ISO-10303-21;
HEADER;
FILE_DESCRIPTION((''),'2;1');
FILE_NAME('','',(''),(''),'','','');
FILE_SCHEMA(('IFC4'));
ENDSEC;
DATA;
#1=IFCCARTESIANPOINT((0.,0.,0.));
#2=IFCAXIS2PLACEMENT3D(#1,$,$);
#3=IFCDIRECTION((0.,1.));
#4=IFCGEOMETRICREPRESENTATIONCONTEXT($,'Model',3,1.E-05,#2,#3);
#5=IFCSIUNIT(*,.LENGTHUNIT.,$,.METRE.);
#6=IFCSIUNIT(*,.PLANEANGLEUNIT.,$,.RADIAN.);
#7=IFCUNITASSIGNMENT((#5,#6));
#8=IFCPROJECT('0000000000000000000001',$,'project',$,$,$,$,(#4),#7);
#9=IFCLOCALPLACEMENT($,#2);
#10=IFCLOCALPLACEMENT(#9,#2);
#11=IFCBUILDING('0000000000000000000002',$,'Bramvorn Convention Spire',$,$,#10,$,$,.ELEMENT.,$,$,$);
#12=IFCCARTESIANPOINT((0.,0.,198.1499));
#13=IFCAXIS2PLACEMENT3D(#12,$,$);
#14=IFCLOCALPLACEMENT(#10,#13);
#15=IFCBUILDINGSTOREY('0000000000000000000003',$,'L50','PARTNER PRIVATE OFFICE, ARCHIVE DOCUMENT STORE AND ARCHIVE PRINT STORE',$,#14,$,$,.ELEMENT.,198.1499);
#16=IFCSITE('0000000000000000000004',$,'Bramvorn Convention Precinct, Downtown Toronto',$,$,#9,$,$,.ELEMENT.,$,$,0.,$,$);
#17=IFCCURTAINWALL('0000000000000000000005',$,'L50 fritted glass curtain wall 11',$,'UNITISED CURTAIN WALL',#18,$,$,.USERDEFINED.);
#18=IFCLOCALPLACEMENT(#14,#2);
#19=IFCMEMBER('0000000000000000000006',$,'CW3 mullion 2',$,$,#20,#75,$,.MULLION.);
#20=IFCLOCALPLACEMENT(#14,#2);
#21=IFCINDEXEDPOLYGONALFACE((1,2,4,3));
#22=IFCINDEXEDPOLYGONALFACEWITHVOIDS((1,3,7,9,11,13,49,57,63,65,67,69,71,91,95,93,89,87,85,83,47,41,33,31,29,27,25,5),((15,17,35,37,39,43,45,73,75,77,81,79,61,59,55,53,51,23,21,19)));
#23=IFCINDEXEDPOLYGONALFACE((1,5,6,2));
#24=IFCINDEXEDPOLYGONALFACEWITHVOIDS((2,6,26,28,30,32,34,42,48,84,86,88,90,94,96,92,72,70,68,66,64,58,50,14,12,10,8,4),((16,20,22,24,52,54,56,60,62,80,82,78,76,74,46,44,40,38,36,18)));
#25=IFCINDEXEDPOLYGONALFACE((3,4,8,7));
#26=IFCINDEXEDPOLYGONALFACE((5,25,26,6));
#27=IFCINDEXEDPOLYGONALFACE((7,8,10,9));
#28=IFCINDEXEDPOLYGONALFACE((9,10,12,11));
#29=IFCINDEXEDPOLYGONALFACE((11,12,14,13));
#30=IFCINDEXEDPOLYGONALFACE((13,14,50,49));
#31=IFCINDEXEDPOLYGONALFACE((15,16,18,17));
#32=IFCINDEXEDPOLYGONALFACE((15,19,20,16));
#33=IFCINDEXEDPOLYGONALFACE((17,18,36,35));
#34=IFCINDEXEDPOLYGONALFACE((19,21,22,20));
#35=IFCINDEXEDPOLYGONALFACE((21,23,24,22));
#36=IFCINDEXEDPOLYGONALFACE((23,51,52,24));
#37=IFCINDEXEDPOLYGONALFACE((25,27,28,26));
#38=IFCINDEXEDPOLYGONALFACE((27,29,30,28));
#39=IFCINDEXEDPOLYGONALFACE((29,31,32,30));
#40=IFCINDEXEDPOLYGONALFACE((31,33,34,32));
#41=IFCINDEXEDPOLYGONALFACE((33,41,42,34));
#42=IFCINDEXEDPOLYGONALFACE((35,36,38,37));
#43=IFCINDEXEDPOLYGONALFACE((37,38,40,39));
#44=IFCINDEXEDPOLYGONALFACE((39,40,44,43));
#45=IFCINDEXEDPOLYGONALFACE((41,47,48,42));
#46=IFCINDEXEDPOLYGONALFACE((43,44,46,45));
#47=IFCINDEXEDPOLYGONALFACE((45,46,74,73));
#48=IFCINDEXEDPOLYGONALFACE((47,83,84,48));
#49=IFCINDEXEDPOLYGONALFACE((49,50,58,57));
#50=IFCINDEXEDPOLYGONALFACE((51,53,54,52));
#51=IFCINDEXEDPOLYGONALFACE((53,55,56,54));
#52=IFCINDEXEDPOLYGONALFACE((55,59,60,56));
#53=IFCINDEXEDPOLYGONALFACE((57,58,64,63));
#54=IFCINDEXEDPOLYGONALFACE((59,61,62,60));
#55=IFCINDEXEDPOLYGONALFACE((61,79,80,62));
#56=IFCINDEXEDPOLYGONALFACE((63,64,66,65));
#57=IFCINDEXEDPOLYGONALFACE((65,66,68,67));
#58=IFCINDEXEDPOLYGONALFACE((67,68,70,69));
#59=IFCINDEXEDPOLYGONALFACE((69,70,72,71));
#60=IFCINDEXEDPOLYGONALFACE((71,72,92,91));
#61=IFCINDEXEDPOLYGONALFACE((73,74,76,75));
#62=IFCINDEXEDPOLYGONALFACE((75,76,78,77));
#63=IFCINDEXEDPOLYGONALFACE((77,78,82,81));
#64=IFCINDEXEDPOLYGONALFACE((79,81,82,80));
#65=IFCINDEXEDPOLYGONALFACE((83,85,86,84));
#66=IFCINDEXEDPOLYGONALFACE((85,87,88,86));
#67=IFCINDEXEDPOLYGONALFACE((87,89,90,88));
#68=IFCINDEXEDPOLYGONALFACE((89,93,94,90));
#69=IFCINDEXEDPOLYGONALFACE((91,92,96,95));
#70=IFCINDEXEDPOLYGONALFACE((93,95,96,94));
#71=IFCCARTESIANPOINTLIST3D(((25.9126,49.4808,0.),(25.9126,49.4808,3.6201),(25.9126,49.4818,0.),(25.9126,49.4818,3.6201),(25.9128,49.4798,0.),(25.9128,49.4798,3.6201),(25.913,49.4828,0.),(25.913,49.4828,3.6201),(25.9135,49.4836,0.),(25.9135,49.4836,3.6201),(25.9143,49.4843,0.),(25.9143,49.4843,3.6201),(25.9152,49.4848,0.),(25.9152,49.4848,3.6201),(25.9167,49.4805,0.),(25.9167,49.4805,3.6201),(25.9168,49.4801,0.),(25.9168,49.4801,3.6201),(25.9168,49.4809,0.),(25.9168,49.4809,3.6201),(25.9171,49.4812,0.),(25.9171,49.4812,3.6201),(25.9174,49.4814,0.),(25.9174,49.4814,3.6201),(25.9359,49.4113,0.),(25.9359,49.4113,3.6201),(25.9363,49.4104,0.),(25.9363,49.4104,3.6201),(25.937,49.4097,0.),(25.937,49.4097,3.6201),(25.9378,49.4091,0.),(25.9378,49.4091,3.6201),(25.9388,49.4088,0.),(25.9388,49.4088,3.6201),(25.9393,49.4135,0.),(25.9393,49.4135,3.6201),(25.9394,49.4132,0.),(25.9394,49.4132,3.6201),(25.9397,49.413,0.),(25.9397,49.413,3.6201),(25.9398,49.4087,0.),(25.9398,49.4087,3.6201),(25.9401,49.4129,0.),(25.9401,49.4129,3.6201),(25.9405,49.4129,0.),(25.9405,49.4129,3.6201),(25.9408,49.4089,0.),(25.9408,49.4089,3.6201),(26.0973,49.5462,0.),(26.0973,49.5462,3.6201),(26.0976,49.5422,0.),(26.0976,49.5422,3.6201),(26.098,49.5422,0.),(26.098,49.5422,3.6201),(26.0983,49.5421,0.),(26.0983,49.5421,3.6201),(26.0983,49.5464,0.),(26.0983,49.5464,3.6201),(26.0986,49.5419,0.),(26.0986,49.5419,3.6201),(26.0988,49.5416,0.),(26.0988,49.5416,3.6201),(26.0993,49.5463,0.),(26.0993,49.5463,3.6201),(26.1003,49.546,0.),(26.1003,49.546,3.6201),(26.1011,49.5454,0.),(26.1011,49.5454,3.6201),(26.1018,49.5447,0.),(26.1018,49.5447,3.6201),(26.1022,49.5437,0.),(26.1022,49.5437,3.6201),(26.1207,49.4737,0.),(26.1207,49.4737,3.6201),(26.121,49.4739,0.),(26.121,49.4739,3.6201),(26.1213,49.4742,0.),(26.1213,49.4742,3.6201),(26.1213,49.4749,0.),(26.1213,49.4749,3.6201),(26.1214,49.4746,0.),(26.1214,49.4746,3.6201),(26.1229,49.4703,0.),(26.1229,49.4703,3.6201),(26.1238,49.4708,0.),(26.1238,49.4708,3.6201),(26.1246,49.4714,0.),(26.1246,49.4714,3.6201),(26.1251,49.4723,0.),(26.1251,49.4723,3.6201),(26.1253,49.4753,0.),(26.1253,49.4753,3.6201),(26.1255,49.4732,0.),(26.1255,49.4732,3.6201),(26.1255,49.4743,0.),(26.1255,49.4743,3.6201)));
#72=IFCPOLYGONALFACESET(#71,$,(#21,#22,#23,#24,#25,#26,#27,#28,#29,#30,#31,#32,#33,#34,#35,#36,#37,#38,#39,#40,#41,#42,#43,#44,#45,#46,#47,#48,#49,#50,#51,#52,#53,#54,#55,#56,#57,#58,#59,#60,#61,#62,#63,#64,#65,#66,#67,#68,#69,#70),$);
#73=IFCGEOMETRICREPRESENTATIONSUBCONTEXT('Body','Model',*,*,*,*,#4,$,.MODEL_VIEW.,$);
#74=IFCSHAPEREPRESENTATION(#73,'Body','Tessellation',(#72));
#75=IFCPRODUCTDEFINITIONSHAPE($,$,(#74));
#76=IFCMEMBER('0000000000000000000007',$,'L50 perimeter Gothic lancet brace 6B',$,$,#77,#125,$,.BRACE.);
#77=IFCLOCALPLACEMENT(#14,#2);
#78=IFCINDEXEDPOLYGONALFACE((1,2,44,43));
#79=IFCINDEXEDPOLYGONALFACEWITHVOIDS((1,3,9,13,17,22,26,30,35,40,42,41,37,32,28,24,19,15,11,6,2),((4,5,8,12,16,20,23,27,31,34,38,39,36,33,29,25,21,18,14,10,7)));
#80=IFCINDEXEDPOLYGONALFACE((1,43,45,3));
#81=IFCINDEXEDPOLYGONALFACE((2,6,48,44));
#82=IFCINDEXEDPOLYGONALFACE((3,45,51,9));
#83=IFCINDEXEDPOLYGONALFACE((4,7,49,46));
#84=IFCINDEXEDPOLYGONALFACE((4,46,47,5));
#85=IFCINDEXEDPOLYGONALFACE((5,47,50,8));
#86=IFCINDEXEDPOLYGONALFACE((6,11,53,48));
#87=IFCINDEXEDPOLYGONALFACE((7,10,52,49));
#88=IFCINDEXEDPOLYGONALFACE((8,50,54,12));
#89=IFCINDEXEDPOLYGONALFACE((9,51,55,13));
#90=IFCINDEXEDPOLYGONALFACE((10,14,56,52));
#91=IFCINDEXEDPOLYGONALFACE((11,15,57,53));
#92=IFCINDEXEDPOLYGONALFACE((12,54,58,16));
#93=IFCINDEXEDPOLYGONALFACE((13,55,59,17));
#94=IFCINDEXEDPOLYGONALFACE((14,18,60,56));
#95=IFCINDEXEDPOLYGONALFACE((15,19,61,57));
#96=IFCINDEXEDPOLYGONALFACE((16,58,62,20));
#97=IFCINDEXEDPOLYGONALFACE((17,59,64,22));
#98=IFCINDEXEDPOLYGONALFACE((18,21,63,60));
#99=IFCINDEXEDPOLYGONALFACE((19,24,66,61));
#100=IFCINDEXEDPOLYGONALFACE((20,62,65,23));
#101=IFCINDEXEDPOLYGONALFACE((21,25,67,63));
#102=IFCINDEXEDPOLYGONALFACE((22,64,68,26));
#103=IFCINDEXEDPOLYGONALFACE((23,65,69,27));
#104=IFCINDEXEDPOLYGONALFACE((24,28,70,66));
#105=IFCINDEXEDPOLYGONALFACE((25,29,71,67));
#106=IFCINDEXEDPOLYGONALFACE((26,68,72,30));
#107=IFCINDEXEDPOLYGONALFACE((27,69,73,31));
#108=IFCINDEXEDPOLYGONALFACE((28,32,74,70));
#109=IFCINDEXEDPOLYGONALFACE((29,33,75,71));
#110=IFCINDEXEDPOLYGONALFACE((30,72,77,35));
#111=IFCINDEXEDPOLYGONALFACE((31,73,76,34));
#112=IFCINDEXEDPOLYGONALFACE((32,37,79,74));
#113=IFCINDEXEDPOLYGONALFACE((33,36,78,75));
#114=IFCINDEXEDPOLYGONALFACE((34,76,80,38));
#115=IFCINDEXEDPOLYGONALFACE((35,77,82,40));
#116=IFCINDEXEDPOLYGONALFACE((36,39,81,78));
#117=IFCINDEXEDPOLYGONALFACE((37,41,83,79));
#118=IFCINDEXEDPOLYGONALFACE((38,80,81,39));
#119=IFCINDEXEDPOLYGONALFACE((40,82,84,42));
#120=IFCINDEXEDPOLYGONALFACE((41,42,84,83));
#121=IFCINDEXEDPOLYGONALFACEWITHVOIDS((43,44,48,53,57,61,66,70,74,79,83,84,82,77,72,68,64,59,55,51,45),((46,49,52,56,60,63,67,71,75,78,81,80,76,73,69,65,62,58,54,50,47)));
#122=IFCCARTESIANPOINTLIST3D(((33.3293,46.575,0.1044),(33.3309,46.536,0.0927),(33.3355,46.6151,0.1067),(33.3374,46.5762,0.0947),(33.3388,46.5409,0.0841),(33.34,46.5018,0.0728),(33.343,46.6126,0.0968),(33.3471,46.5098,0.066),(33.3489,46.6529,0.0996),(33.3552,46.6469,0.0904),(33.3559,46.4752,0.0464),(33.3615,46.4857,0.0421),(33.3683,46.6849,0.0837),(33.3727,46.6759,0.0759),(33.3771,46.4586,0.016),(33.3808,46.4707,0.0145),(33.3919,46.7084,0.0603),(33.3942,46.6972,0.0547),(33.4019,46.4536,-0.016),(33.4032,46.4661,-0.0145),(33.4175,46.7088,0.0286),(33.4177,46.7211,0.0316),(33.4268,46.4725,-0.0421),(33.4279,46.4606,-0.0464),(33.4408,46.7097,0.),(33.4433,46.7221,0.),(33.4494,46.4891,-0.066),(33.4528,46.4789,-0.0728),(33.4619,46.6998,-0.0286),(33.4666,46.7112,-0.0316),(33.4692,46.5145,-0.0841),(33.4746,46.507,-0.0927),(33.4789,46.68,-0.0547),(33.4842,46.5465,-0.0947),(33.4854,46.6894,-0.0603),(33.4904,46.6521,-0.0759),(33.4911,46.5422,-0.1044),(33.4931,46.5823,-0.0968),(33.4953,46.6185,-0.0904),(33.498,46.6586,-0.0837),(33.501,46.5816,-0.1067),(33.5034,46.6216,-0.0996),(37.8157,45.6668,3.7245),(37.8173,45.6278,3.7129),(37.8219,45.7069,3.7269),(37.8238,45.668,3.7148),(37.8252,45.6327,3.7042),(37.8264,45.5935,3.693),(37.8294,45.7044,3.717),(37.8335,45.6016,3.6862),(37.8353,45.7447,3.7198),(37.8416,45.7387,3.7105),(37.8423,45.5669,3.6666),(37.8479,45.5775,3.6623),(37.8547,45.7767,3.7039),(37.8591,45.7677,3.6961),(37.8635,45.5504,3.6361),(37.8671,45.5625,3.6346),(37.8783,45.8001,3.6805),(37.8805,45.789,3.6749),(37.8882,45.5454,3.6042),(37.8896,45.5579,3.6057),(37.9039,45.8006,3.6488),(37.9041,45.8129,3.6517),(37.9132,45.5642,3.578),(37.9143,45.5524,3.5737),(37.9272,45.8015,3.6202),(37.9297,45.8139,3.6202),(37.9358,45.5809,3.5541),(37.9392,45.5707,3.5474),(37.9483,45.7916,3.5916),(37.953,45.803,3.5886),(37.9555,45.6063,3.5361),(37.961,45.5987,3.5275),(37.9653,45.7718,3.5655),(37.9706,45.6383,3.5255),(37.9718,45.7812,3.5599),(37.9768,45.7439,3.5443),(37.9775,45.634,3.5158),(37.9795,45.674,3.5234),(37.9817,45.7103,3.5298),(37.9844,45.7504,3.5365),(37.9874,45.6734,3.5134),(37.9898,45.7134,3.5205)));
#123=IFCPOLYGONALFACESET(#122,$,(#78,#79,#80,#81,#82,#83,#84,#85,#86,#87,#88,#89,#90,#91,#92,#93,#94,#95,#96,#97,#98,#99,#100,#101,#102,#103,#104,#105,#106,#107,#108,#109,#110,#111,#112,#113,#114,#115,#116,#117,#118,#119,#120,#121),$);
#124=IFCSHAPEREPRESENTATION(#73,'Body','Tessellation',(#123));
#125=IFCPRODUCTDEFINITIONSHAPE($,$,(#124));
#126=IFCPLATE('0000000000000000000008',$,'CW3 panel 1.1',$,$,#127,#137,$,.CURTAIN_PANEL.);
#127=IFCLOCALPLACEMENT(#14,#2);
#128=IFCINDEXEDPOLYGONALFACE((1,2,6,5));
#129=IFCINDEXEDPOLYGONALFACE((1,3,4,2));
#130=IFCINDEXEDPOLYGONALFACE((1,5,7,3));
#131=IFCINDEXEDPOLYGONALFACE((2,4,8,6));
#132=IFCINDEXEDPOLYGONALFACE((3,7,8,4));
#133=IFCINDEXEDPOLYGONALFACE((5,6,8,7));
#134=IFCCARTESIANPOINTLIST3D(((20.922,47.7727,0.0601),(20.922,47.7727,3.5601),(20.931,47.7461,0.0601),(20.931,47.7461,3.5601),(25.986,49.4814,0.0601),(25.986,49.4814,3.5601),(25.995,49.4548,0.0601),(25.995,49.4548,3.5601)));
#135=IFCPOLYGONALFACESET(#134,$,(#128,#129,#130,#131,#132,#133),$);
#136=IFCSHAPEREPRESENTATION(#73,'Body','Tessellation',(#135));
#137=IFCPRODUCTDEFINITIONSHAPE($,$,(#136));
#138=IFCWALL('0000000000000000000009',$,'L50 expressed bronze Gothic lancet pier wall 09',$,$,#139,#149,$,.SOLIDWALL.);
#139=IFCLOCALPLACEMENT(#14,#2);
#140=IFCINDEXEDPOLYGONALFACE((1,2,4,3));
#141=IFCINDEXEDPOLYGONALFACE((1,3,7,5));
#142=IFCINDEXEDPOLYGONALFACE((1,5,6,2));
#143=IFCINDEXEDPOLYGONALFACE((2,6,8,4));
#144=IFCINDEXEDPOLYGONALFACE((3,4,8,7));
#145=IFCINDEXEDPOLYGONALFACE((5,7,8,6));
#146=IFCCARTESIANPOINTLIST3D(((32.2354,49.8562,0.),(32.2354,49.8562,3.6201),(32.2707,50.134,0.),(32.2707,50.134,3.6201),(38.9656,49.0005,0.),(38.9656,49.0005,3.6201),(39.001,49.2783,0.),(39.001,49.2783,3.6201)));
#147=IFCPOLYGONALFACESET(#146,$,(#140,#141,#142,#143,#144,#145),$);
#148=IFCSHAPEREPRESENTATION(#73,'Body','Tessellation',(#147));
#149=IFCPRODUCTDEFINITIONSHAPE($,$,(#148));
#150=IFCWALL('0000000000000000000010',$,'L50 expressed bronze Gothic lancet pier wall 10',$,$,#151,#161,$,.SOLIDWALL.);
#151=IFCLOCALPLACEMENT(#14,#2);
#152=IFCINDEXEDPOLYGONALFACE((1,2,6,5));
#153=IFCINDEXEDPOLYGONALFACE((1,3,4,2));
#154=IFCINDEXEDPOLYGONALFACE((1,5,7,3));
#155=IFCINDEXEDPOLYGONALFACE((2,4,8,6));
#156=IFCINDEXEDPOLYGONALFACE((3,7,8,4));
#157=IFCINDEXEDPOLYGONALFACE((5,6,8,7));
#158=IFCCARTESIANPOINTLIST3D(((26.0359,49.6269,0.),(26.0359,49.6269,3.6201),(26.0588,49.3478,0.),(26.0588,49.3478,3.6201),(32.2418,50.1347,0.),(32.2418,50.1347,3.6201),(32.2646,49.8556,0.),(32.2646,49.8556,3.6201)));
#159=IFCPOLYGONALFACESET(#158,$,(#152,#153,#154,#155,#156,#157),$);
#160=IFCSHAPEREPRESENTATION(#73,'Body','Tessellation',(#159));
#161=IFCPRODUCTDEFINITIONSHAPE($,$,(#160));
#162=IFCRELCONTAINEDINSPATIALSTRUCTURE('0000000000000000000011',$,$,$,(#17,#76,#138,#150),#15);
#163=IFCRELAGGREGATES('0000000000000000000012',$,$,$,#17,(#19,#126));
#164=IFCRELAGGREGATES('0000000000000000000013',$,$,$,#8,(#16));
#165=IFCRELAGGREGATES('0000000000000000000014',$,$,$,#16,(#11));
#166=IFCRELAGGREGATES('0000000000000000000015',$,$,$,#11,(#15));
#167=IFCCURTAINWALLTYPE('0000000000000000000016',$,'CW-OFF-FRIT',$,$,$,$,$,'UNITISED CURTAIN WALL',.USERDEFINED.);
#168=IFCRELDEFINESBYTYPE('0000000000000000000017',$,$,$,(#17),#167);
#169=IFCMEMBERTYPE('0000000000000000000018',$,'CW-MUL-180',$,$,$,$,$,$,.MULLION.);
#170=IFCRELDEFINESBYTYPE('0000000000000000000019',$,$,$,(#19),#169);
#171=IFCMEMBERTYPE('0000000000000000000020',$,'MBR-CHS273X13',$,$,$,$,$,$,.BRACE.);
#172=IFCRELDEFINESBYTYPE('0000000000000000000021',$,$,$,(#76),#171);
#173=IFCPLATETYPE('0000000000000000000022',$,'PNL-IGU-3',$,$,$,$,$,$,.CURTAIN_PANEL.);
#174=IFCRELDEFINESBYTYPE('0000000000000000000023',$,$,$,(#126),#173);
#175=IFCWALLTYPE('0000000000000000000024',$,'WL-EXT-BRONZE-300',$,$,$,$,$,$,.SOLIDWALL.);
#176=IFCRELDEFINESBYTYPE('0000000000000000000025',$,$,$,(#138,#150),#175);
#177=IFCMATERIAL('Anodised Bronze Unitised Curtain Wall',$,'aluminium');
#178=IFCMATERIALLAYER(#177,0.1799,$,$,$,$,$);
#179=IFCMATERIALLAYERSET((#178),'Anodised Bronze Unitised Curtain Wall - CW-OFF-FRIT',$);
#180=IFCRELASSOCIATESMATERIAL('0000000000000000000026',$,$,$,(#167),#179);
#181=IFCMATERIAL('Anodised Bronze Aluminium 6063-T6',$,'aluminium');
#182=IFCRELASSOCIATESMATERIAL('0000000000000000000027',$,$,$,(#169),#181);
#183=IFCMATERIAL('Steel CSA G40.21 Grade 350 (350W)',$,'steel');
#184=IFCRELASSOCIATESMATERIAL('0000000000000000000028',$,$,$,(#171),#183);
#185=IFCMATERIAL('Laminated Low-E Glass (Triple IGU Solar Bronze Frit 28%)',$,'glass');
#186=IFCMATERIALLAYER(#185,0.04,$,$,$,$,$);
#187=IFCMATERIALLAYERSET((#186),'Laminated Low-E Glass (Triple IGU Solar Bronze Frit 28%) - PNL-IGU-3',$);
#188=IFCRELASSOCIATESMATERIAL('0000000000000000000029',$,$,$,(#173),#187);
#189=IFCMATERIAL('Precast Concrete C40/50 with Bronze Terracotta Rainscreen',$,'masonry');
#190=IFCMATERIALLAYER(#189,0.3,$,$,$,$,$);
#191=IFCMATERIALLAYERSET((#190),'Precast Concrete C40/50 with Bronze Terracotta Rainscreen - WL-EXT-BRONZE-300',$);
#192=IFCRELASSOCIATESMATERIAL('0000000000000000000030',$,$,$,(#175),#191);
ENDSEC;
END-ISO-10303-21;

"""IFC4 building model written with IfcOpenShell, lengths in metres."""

from ifc_helpers import new_model, si_unit, direction, frame, frame_2d, origin, origin_2d, place, context, subcontext, project, spatial, rectangle, hollow_rectangle, hollow_circle, extrude, material, layer, layer_set, material_profile, profile_set, type_object, element, aggregate, save


model = new_model("IFC4")

# Units and contexts
model_context = context("Model", 3, precision=1e-05, world=origin(), true_north=direction((0.0, 1.0)))
body_context = subcontext(model_context, "Body", "Model", "MODEL_VIEW")
ifc_project = project(units=[si_unit("LENGTHUNIT", "METRE"), si_unit("PLANEANGLEUNIT", "RADIAN")], contexts=[model_context])

# Site, building, storey
site_placement = place(None, origin())
site = spatial("IfcSite", under=ifc_project, at=site_placement, Name="Bramvorn Convention Precinct, Downtown Toronto", CompositionType="ELEMENT", RefElevation=0.0)
building_placement = place(site_placement, origin())
building = spatial("IfcBuilding", under=site, at=building_placement, Name="Bramvorn Convention Spire", CompositionType="ELEMENT")
storey_placement = place(building_placement, frame((0.0, 0.0, 198.1499)))
storey = spatial("IfcBuildingStorey", under=building, at=storey_placement, Name="L50", Description="PARTNER PRIVATE OFFICE, ARCHIVE DOCUMENT STORE AND ARCHIVE PRINT STORE", CompositionType="ELEMENT", Elevation=198.1499)

# Shared definitions
ifc_material_1 = material(Name="Steel CSA G40.21 Grade 350 (350W)", Category="steel")

# Curtain wall, member
ifc_material_2 = material(Name="Anodised Bronze Unitised Curtain Wall", Category="aluminium")
ifc_layer_1 = layer(ifc_material_2, 0.1799)
ifc_layer_set_1 = layer_set([ifc_layer_1], Name="Anodised Bronze Unitised Curtain Wall - CW-OFF-FRIT")
curtain_wall_type = type_object("IfcCurtainWallType", Name="CW-OFF-FRIT", ElementType="UNITISED CURTAIN WALL", PredefinedType="USERDEFINED", material=ifc_layer_set_1)
curtain_wall_placement = place(storey_placement, origin())
curtain_wall = element("IfcCurtainWall", 1, at=curtain_wall_placement, inside=storey, type_object=curtain_wall_type, Name="L50 fritted glass curtain wall 11", ObjectType="UNITISED CURTAIN WALL", PredefinedType="USERDEFINED")
ifc_material_3 = material(Name="Anodised Bronze Aluminium 6063-T6", Category="aluminium")
ifc_material_profile_1 = material_profile(ifc_material_3, hollow_rectangle(XDim=0.0801, YDim=0.2, WallThickness=0.0039, InnerFilletRadius=0.001, OuterFilletRadius=0.0039, at=origin_2d()))
ifc_profile_set_1 = profile_set([ifc_material_profile_1], Name="Anodised Bronze Aluminium 6063-T6 - CWM80X200")
member_type_1 = type_object("IfcMemberType", Name="CW-MUL-180", PredefinedType="MULLION", material=ifc_profile_set_1)
member_1_placement = place(storey_placement, frame((26.019, 49.4775, 0.0), z_axis=(0.0, 0.0, 1.0), x_axis=(-0.319717, 0.947513, 0.0)))
member_1 = element("IfcMember", 2, at=member_1_placement, type_object=member_type_1, Name="CW3 mullion 2", PredefinedType="MULLION", context=body_context, shape_type="SweptSolid", body=[
    extrude(hollow_rectangle(XDim=0.0801, YDim=0.2, WallThickness=0.0039, InnerFilletRadius=0.001, OuterFilletRadius=0.0039, at=origin_2d()), origin(), (0.0, 0.0, 1.0), 3.6201),
])

# Member
ifc_material_profile_2 = material_profile(ifc_material_1, hollow_circle(Radius=0.1365, WallThickness=0.0127, at=origin_2d()))
ifc_profile_set_2 = profile_set([ifc_material_profile_2], Name="Steel CSA G40.21 Grade 350 (350W) - CHS273X13")
member_type_2 = type_object("IfcMemberType", Name="MBR-CHS273X13", PredefinedType="BRACE", material=ifc_profile_set_2)
member_2_placement = place(storey_placement, frame((33.4163, 46.5884, 0.0), z_axis=(0.768752, -0.155625, 0.620323), x_axis=(0.198413, 0.980118, 0.0)))
element("IfcMember", 3, at=member_2_placement, inside=storey, type_object=member_type_2, Name="L50 perimeter Gothic lancet brace 6B", PredefinedType="BRACE", context=body_context, shape_type="SweptSolid", body=[
    extrude(hollow_circle(Radius=0.1365, WallThickness=0.0127, at=origin_2d()), origin(), (0.0, 0.0, 1.0), 5.8359),
])

# Plate
ifc_material_4 = material(Name="Laminated Low-E Glass (Triple IGU Solar Bronze Frit 28%)", Category="glass")
ifc_layer_2 = layer(ifc_material_4, 0.04)
ifc_layer_set_2 = layer_set([ifc_layer_2], Name="Laminated Low-E Glass (Triple IGU Solar Bronze Frit 28%) - PNL-IGU-3")
plate_type = type_object("IfcPlateType", Name="PNL-IGU-3", PredefinedType="CURTAIN_PANEL", material=ifc_layer_set_2)
plate_placement = place(storey_placement, frame((23.4585, 48.6138, 0.0601), z_axis=(0.0, 0.0, 1.0), x_axis=(0.947513, 0.319717, 0.0)))
plate = element("IfcPlate", 4, at=plate_placement, type_object=plate_type, Name="CW3 panel 1.1", PredefinedType="CURTAIN_PANEL", context=body_context, shape_type="SweptSolid", body=[
    extrude(rectangle(XDim=5.3445, YDim=0.0281, at=origin_2d()), origin(), (0.0, 0.0, 1.0), 3.5),
])
aggregate(curtain_wall, [member_1, plate])

# Walls
ifc_material_5 = material(Name="Precast Concrete C40/50 with Bronze Terracotta Rainscreen", Category="masonry")
ifc_layer_3 = layer(ifc_material_5, 0.3)
ifc_layer_set_3 = layer_set([ifc_layer_3], Name="Precast Concrete C40/50 with Bronze Terracotta Rainscreen - WL-EXT-BRONZE-300")
wall_type_1 = type_object("IfcWallType", Name="WL-EXT-BRONZE-300", PredefinedType="SOLIDWALL", material=ifc_layer_set_3)
wall_1_placement = place(storey_placement, frame((32.2532, 49.9951, 0.0), z_axis=(0.0, 0.0, 1.0), x_axis=(0.992014, -0.126129, 0.0)))
element("IfcWall", 5, at=wall_1_placement, inside=storey, type_object=wall_type_1, Name="L50 expressed bronze Gothic lancet pier wall 09", PredefinedType="SOLIDWALL", context=body_context, shape_type="SweptSolid", body=[
    extrude(rectangle(XDim=6.7844, YDim=0.28, at=frame_2d((3.3921, 0.0))), origin(), (0.0, 0.0, 1.0), 3.6201),
])
wall_2_placement = place(storey_placement, frame((26.0474, 49.4873, 0.0), z_axis=(0.0, 0.0, 1.0), x_axis=(0.996669, 0.081556, 0.0)))
element("IfcWall", 6, at=wall_2_placement, inside=storey, type_object=wall_type_1, Name="L50 expressed bronze Gothic lancet pier wall 10", PredefinedType="SOLIDWALL", context=body_context, shape_type="SweptSolid", body=[
    extrude(rectangle(XDim=6.2266, YDim=0.28, at=frame_2d((3.1133, 0.0))), origin(), (0.0, 0.0, 1.0), 3.6201),
])

save(model, "model.ifc")
